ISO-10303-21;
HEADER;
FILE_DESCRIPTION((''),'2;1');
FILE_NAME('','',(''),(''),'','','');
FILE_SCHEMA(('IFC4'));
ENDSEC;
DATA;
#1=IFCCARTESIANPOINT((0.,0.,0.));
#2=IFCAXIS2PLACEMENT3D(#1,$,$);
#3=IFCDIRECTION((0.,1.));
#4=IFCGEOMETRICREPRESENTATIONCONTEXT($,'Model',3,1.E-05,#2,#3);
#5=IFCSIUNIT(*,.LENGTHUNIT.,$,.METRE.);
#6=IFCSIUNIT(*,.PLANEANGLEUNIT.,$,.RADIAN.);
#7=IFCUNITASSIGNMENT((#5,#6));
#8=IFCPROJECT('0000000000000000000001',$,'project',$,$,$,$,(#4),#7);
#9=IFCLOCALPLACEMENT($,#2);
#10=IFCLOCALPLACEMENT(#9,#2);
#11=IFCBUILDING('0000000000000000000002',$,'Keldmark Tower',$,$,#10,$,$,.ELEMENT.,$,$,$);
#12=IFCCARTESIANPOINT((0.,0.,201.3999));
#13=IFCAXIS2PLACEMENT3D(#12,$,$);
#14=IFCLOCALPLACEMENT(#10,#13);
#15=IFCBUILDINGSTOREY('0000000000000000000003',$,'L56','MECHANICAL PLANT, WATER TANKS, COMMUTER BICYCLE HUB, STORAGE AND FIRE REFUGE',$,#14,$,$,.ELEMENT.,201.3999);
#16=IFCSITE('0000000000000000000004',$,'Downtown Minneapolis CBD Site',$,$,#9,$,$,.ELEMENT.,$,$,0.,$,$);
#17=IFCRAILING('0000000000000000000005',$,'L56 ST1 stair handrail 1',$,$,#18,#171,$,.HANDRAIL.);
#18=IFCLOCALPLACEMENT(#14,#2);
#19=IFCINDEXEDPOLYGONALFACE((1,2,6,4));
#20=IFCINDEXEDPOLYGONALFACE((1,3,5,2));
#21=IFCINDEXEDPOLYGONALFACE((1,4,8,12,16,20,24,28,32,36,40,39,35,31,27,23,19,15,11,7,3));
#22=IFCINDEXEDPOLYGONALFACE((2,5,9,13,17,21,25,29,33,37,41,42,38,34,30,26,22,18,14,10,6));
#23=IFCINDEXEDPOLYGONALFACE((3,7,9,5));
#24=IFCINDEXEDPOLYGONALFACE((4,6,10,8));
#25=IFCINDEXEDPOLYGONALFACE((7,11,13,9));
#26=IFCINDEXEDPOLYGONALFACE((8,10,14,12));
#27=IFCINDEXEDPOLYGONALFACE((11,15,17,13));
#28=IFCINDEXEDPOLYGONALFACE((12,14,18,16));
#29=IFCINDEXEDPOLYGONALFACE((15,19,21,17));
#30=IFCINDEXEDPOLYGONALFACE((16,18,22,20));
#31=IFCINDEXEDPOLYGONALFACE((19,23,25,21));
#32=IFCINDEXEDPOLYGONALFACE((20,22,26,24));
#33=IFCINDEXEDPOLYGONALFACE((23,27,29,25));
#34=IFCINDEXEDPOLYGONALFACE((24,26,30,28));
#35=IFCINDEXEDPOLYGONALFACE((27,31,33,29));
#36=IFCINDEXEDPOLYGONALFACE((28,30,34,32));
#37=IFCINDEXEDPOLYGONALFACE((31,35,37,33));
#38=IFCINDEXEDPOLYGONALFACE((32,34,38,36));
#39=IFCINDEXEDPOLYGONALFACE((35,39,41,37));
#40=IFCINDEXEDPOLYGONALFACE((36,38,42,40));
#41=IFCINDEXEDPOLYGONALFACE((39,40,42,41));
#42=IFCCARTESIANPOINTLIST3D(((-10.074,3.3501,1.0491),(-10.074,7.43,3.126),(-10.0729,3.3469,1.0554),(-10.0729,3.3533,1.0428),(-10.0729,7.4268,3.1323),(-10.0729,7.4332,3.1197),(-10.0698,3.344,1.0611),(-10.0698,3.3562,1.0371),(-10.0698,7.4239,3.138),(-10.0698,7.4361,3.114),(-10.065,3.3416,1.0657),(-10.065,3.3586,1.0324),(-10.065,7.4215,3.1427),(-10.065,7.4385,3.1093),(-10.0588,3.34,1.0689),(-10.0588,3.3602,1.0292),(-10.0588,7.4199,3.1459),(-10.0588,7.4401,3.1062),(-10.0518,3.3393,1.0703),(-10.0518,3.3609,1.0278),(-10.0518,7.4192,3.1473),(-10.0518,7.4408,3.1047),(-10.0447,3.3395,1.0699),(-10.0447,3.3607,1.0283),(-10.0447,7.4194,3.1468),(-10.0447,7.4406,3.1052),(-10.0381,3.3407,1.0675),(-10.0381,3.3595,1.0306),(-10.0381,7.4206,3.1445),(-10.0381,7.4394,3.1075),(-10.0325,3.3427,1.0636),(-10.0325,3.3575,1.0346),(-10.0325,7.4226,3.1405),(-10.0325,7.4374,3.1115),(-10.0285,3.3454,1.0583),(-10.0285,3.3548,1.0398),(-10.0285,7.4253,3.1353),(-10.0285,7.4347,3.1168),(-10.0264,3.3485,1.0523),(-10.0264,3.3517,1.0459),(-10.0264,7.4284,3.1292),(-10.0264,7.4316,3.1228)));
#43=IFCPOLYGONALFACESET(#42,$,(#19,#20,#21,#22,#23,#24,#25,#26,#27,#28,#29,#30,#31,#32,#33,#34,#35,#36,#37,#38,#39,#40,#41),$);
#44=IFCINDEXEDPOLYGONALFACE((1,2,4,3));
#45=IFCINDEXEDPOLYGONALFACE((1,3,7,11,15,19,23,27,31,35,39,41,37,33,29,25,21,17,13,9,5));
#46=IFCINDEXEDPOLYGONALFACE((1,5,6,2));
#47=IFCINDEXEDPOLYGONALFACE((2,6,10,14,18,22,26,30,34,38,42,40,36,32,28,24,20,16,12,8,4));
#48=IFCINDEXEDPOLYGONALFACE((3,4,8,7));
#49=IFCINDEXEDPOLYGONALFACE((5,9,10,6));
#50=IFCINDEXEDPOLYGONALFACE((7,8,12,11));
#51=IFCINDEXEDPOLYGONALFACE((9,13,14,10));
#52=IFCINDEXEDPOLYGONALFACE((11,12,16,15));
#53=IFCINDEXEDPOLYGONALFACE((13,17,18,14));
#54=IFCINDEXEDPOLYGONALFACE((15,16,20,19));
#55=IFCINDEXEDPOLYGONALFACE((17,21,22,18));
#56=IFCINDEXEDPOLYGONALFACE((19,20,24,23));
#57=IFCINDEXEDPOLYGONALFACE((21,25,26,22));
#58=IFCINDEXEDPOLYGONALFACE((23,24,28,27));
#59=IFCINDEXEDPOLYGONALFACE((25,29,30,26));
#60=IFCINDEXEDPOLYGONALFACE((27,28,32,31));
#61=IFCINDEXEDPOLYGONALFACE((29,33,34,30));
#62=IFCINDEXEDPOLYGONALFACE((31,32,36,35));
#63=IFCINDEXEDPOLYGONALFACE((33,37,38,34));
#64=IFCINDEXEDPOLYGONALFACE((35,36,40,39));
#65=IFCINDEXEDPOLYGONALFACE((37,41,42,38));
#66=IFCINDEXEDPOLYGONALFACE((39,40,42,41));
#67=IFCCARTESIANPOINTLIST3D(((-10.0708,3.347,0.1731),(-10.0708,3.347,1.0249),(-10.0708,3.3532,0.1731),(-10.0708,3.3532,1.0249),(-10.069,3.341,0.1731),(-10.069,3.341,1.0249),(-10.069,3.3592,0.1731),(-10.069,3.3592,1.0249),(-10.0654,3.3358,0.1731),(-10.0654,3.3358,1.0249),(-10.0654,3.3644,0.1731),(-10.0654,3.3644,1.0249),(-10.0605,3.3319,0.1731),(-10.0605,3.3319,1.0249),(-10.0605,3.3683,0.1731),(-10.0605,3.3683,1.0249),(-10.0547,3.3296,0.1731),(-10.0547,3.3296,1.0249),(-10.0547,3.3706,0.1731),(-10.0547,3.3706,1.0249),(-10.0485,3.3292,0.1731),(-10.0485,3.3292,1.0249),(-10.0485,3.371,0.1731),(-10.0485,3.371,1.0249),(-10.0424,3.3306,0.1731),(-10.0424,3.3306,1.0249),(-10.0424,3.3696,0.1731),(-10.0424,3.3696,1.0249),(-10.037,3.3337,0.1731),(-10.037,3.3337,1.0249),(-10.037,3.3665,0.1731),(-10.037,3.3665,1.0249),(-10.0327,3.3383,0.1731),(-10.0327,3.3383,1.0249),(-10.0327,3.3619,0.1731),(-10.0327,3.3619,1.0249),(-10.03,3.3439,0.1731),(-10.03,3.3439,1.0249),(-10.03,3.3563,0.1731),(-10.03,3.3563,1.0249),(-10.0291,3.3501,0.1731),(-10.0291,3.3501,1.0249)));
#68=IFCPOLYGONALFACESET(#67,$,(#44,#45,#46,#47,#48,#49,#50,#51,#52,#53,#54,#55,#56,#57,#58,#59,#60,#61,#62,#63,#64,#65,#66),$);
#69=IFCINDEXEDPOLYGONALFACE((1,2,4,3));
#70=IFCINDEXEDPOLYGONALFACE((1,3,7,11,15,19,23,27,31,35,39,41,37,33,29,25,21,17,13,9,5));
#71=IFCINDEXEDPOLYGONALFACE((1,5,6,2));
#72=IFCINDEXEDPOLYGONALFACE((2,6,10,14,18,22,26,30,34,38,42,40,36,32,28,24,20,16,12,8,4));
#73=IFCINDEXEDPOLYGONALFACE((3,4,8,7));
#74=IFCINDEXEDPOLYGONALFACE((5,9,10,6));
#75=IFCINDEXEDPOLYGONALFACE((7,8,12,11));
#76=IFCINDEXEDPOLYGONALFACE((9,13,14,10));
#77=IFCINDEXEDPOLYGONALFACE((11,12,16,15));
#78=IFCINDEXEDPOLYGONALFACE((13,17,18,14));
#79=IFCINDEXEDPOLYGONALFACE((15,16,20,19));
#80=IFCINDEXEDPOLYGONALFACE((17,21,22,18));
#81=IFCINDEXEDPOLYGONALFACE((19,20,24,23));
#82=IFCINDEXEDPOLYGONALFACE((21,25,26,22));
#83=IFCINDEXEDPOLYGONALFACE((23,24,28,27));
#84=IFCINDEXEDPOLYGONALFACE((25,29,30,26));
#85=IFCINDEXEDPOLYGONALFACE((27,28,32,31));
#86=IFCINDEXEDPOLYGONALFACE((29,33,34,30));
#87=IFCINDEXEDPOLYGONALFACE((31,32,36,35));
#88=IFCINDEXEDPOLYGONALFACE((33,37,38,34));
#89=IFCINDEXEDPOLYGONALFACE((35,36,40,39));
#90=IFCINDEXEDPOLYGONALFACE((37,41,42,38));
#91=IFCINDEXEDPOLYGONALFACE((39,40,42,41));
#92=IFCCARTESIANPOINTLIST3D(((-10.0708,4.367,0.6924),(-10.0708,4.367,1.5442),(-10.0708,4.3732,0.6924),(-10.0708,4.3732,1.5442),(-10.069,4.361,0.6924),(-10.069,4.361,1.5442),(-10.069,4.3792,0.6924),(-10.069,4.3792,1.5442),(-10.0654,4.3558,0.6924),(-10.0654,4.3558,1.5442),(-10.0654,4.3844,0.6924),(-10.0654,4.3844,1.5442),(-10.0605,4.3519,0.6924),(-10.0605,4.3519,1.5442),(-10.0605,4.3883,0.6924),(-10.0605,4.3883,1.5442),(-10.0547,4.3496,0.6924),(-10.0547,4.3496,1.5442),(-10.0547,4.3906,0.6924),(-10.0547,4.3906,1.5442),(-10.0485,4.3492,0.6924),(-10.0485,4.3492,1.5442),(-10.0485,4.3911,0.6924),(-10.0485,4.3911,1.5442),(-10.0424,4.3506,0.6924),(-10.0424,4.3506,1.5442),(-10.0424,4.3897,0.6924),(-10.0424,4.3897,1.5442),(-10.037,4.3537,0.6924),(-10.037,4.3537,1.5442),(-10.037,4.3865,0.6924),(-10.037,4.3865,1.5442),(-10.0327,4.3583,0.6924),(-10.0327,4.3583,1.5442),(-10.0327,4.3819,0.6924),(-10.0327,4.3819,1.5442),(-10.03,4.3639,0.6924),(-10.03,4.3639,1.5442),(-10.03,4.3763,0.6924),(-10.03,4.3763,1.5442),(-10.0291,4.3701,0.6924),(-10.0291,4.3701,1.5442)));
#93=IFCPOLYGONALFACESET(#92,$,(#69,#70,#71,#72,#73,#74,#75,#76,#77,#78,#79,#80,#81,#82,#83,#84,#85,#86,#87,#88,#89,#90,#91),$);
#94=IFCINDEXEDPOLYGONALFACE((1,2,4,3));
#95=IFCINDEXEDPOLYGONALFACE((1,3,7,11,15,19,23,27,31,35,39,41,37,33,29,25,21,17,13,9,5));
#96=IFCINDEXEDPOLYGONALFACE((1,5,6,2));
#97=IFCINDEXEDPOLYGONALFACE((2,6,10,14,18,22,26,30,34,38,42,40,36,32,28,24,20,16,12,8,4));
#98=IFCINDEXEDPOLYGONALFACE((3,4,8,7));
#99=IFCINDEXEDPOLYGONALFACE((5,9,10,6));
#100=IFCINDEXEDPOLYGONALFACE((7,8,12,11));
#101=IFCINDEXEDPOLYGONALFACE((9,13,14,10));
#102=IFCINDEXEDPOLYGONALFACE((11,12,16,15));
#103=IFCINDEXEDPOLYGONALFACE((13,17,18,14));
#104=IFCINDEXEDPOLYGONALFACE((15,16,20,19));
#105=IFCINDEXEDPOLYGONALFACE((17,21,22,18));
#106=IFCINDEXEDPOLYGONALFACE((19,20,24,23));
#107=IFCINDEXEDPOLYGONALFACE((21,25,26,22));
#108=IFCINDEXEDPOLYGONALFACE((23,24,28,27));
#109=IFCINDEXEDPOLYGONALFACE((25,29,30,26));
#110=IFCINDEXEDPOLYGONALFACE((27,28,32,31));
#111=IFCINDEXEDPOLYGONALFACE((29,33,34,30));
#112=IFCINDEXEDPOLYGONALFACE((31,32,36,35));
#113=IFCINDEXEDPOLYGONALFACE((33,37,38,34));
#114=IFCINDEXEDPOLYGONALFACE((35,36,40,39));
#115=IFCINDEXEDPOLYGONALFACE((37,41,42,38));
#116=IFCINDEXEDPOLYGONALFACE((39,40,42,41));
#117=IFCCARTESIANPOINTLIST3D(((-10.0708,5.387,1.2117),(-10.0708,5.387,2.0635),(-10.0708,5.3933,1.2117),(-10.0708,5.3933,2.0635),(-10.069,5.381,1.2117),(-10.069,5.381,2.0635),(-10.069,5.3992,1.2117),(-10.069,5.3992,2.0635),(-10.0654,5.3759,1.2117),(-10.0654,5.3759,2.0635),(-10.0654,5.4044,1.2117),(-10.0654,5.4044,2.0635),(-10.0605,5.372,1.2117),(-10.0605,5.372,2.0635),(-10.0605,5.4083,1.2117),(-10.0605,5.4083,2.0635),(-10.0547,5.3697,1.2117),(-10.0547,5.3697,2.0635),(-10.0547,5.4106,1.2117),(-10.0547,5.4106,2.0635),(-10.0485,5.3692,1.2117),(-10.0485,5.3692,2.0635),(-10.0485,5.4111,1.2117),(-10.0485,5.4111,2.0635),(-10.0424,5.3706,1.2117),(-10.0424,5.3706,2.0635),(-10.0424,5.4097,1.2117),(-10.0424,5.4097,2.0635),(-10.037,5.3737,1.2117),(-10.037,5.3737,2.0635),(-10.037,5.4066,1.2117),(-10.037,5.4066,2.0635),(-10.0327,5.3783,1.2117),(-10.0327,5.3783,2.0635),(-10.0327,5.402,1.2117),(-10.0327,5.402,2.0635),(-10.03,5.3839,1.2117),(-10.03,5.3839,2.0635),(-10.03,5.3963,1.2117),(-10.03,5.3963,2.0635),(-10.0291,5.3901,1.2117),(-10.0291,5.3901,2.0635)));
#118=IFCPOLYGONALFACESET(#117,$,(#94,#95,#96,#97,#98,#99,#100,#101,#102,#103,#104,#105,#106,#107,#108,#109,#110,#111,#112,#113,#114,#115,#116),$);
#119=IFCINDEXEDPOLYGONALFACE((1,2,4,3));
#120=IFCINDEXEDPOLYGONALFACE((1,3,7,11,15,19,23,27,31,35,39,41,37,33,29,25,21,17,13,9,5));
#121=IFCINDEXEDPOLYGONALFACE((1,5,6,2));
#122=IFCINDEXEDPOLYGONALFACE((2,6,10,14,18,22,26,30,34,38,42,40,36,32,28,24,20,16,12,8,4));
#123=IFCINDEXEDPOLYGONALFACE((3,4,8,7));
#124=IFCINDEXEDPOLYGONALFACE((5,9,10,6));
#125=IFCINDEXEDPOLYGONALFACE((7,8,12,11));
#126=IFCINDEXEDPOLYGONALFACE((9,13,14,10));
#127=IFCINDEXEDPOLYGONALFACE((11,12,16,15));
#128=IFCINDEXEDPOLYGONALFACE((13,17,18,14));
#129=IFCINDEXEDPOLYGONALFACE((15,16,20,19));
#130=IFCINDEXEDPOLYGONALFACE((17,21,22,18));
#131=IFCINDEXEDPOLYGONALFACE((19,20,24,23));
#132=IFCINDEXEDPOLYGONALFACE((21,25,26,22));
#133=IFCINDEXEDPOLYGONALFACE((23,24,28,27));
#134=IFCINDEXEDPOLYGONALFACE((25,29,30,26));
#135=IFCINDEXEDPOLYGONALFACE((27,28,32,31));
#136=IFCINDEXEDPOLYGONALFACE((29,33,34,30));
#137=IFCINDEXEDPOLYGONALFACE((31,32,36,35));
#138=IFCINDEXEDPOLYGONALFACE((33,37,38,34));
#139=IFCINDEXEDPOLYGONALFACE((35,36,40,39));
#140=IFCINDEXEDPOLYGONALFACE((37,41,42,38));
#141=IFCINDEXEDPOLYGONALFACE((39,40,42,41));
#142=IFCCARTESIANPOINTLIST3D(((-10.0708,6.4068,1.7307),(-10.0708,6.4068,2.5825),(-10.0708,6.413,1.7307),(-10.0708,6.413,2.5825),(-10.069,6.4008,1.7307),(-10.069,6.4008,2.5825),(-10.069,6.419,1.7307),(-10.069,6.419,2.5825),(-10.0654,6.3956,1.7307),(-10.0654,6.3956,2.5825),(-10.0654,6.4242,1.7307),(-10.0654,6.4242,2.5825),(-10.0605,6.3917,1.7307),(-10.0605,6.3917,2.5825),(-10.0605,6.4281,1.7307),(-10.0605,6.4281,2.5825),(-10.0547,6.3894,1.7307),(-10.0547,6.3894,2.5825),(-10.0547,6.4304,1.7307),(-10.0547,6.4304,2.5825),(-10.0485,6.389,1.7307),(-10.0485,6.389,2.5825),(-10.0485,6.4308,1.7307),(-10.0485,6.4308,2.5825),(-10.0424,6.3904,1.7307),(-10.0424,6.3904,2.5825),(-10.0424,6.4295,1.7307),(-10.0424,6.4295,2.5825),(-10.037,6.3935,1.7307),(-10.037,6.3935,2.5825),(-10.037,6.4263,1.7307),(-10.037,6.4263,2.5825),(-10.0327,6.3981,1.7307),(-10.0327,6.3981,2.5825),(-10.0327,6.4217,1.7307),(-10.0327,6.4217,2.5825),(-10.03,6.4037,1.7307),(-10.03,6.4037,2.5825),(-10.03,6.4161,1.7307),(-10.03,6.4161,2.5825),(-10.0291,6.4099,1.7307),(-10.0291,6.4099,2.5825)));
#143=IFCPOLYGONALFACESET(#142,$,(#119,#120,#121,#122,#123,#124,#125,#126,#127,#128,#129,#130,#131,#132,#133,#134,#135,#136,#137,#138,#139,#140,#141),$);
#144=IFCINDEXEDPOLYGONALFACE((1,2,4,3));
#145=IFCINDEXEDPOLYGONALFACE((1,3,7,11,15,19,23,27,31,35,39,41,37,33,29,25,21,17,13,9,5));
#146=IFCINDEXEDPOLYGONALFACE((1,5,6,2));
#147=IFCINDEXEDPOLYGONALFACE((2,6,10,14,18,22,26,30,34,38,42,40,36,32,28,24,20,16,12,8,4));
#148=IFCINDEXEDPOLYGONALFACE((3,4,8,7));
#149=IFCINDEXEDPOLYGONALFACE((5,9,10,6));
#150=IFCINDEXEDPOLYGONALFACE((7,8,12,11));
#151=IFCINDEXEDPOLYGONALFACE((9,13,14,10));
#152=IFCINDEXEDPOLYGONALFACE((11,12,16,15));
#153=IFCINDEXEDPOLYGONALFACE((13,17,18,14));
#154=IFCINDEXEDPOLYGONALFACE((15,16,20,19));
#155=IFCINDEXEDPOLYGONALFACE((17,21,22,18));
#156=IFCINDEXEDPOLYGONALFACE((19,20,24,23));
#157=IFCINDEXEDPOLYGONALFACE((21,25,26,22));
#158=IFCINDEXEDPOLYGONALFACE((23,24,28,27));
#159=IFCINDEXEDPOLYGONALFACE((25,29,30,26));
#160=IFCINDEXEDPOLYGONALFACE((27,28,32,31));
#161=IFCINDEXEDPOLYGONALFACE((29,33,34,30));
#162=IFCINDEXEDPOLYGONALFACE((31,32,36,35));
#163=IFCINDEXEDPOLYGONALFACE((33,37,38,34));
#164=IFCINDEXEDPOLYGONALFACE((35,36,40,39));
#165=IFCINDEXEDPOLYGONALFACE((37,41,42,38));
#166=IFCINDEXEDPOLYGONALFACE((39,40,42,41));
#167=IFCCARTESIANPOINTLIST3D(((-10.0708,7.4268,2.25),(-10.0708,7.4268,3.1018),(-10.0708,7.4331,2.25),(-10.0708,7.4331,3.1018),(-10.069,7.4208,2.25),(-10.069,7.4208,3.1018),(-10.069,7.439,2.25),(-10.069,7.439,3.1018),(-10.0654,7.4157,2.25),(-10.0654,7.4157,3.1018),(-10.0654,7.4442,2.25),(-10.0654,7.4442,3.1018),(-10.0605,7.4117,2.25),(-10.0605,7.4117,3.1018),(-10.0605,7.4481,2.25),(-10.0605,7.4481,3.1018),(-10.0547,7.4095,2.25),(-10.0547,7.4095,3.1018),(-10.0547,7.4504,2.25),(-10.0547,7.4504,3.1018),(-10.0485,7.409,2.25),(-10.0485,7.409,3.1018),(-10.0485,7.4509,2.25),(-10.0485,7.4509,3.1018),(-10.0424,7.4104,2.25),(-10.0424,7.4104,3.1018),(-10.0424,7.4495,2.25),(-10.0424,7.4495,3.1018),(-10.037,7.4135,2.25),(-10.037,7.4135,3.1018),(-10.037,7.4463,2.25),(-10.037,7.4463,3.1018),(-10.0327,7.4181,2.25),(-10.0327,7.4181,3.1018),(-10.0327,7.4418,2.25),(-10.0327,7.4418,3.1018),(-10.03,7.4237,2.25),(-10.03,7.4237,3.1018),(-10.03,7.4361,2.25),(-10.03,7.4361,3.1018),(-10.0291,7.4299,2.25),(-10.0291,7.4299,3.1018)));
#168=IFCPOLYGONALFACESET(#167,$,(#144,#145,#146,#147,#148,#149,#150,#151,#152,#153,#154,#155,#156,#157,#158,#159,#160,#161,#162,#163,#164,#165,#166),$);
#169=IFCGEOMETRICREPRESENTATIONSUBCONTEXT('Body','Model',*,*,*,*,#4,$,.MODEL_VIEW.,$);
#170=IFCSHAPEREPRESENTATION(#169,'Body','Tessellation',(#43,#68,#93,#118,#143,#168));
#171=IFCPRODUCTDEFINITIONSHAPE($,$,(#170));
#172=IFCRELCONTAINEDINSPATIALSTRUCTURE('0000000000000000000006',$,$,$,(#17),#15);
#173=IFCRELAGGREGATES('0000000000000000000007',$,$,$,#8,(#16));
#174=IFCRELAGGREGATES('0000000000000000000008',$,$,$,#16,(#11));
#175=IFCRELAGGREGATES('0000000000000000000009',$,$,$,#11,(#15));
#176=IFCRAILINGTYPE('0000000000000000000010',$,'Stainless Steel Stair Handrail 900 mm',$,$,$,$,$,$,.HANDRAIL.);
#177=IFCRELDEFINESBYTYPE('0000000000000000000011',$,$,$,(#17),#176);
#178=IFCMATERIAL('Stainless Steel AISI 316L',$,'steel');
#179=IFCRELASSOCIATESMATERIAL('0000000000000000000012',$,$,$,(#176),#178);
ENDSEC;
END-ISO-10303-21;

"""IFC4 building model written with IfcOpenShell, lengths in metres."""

from ifc_helpers import new_model, si_unit, direction, frame, origin, origin_2d, place, context, subcontext, project, spatial, circle, extrude, material, type_object, element, save


model = new_model("IFC4")

# Units and contexts
model_context = context("Model", 3, precision=1e-05, world=origin(), true_north=direction((0.0, 1.0)))
body_context = subcontext(model_context, "Body", "Model", "MODEL_VIEW")
ifc_project = project(units=[si_unit("LENGTHUNIT", "METRE"), si_unit("PLANEANGLEUNIT", "RADIAN")], contexts=[model_context])

# Site, building, storey
site_placement = place(None, origin())
site = spatial("IfcSite", under=ifc_project, at=site_placement, Name="Downtown Minneapolis CBD Site", CompositionType="ELEMENT", RefElevation=0.0)
building_placement = place(site_placement, origin())
building = spatial("IfcBuilding", under=site, at=building_placement, Name="Keldmark Tower", CompositionType="ELEMENT")
storey_placement = place(building_placement, frame((0.0, 0.0, 201.3999)))
storey = spatial("IfcBuildingStorey", under=building, at=storey_placement, Name="L56", Description="MECHANICAL PLANT, WATER TANKS, COMMUTER BICYCLE HUB, STORAGE AND FIRE REFUGE", CompositionType="ELEMENT", Elevation=201.3999)

# Railing
ifc_material_1 = material(Name="Stainless Steel AISI 316L", Category="steel")
railing_type_1 = type_object("IfcRailingType", Name="Stainless Steel Stair Handrail 900 mm", PredefinedType="HANDRAIL", material=ifc_material_1)
railing_1_placement = place(storey_placement, frame((-10.05, 3.3501, 0.1731)))
element("IfcRailing", 1, at=railing_1_placement, inside=storey, type_object=railing_type_1, Name="L56 ST1 stair handrail 1", PredefinedType="HANDRAIL", context=body_context, shape_type="SweptSolid", body=[
    extrude(circle(Radius=0.0239, at=origin_2d()), frame((0.0, 0.0, 0.876), z_axis=(0.0, 0.891172, 0.453665), x_axis=(-1.0, 0.0, 0.0)), (0.0, 0.0, 1.0), 4.5781),
    extrude(circle(Radius=0.021, at=origin_2d()), origin(), (0.0, 0.0, 1.0), 0.8518),
    extrude(circle(Radius=0.021, at=origin_2d()), frame((0.0, 1.02, 0.5193)), (0.0, 0.0, 1.0), 0.8518),
    extrude(circle(Radius=0.021, at=origin_2d()), frame((0.0, 2.04, 1.0386)), (0.0, 0.0, 1.0), 0.8518),
    extrude(circle(Radius=0.021, at=origin_2d()), frame((0.0, 3.0598, 1.5576)), (0.0, 0.0, 1.0), 0.8518),
    extrude(circle(Radius=0.021, at=origin_2d()), frame((0.0, 4.0798, 2.0769)), (0.0, 0.0, 1.0), 0.8518),
])

save(model, "model.ifc")
